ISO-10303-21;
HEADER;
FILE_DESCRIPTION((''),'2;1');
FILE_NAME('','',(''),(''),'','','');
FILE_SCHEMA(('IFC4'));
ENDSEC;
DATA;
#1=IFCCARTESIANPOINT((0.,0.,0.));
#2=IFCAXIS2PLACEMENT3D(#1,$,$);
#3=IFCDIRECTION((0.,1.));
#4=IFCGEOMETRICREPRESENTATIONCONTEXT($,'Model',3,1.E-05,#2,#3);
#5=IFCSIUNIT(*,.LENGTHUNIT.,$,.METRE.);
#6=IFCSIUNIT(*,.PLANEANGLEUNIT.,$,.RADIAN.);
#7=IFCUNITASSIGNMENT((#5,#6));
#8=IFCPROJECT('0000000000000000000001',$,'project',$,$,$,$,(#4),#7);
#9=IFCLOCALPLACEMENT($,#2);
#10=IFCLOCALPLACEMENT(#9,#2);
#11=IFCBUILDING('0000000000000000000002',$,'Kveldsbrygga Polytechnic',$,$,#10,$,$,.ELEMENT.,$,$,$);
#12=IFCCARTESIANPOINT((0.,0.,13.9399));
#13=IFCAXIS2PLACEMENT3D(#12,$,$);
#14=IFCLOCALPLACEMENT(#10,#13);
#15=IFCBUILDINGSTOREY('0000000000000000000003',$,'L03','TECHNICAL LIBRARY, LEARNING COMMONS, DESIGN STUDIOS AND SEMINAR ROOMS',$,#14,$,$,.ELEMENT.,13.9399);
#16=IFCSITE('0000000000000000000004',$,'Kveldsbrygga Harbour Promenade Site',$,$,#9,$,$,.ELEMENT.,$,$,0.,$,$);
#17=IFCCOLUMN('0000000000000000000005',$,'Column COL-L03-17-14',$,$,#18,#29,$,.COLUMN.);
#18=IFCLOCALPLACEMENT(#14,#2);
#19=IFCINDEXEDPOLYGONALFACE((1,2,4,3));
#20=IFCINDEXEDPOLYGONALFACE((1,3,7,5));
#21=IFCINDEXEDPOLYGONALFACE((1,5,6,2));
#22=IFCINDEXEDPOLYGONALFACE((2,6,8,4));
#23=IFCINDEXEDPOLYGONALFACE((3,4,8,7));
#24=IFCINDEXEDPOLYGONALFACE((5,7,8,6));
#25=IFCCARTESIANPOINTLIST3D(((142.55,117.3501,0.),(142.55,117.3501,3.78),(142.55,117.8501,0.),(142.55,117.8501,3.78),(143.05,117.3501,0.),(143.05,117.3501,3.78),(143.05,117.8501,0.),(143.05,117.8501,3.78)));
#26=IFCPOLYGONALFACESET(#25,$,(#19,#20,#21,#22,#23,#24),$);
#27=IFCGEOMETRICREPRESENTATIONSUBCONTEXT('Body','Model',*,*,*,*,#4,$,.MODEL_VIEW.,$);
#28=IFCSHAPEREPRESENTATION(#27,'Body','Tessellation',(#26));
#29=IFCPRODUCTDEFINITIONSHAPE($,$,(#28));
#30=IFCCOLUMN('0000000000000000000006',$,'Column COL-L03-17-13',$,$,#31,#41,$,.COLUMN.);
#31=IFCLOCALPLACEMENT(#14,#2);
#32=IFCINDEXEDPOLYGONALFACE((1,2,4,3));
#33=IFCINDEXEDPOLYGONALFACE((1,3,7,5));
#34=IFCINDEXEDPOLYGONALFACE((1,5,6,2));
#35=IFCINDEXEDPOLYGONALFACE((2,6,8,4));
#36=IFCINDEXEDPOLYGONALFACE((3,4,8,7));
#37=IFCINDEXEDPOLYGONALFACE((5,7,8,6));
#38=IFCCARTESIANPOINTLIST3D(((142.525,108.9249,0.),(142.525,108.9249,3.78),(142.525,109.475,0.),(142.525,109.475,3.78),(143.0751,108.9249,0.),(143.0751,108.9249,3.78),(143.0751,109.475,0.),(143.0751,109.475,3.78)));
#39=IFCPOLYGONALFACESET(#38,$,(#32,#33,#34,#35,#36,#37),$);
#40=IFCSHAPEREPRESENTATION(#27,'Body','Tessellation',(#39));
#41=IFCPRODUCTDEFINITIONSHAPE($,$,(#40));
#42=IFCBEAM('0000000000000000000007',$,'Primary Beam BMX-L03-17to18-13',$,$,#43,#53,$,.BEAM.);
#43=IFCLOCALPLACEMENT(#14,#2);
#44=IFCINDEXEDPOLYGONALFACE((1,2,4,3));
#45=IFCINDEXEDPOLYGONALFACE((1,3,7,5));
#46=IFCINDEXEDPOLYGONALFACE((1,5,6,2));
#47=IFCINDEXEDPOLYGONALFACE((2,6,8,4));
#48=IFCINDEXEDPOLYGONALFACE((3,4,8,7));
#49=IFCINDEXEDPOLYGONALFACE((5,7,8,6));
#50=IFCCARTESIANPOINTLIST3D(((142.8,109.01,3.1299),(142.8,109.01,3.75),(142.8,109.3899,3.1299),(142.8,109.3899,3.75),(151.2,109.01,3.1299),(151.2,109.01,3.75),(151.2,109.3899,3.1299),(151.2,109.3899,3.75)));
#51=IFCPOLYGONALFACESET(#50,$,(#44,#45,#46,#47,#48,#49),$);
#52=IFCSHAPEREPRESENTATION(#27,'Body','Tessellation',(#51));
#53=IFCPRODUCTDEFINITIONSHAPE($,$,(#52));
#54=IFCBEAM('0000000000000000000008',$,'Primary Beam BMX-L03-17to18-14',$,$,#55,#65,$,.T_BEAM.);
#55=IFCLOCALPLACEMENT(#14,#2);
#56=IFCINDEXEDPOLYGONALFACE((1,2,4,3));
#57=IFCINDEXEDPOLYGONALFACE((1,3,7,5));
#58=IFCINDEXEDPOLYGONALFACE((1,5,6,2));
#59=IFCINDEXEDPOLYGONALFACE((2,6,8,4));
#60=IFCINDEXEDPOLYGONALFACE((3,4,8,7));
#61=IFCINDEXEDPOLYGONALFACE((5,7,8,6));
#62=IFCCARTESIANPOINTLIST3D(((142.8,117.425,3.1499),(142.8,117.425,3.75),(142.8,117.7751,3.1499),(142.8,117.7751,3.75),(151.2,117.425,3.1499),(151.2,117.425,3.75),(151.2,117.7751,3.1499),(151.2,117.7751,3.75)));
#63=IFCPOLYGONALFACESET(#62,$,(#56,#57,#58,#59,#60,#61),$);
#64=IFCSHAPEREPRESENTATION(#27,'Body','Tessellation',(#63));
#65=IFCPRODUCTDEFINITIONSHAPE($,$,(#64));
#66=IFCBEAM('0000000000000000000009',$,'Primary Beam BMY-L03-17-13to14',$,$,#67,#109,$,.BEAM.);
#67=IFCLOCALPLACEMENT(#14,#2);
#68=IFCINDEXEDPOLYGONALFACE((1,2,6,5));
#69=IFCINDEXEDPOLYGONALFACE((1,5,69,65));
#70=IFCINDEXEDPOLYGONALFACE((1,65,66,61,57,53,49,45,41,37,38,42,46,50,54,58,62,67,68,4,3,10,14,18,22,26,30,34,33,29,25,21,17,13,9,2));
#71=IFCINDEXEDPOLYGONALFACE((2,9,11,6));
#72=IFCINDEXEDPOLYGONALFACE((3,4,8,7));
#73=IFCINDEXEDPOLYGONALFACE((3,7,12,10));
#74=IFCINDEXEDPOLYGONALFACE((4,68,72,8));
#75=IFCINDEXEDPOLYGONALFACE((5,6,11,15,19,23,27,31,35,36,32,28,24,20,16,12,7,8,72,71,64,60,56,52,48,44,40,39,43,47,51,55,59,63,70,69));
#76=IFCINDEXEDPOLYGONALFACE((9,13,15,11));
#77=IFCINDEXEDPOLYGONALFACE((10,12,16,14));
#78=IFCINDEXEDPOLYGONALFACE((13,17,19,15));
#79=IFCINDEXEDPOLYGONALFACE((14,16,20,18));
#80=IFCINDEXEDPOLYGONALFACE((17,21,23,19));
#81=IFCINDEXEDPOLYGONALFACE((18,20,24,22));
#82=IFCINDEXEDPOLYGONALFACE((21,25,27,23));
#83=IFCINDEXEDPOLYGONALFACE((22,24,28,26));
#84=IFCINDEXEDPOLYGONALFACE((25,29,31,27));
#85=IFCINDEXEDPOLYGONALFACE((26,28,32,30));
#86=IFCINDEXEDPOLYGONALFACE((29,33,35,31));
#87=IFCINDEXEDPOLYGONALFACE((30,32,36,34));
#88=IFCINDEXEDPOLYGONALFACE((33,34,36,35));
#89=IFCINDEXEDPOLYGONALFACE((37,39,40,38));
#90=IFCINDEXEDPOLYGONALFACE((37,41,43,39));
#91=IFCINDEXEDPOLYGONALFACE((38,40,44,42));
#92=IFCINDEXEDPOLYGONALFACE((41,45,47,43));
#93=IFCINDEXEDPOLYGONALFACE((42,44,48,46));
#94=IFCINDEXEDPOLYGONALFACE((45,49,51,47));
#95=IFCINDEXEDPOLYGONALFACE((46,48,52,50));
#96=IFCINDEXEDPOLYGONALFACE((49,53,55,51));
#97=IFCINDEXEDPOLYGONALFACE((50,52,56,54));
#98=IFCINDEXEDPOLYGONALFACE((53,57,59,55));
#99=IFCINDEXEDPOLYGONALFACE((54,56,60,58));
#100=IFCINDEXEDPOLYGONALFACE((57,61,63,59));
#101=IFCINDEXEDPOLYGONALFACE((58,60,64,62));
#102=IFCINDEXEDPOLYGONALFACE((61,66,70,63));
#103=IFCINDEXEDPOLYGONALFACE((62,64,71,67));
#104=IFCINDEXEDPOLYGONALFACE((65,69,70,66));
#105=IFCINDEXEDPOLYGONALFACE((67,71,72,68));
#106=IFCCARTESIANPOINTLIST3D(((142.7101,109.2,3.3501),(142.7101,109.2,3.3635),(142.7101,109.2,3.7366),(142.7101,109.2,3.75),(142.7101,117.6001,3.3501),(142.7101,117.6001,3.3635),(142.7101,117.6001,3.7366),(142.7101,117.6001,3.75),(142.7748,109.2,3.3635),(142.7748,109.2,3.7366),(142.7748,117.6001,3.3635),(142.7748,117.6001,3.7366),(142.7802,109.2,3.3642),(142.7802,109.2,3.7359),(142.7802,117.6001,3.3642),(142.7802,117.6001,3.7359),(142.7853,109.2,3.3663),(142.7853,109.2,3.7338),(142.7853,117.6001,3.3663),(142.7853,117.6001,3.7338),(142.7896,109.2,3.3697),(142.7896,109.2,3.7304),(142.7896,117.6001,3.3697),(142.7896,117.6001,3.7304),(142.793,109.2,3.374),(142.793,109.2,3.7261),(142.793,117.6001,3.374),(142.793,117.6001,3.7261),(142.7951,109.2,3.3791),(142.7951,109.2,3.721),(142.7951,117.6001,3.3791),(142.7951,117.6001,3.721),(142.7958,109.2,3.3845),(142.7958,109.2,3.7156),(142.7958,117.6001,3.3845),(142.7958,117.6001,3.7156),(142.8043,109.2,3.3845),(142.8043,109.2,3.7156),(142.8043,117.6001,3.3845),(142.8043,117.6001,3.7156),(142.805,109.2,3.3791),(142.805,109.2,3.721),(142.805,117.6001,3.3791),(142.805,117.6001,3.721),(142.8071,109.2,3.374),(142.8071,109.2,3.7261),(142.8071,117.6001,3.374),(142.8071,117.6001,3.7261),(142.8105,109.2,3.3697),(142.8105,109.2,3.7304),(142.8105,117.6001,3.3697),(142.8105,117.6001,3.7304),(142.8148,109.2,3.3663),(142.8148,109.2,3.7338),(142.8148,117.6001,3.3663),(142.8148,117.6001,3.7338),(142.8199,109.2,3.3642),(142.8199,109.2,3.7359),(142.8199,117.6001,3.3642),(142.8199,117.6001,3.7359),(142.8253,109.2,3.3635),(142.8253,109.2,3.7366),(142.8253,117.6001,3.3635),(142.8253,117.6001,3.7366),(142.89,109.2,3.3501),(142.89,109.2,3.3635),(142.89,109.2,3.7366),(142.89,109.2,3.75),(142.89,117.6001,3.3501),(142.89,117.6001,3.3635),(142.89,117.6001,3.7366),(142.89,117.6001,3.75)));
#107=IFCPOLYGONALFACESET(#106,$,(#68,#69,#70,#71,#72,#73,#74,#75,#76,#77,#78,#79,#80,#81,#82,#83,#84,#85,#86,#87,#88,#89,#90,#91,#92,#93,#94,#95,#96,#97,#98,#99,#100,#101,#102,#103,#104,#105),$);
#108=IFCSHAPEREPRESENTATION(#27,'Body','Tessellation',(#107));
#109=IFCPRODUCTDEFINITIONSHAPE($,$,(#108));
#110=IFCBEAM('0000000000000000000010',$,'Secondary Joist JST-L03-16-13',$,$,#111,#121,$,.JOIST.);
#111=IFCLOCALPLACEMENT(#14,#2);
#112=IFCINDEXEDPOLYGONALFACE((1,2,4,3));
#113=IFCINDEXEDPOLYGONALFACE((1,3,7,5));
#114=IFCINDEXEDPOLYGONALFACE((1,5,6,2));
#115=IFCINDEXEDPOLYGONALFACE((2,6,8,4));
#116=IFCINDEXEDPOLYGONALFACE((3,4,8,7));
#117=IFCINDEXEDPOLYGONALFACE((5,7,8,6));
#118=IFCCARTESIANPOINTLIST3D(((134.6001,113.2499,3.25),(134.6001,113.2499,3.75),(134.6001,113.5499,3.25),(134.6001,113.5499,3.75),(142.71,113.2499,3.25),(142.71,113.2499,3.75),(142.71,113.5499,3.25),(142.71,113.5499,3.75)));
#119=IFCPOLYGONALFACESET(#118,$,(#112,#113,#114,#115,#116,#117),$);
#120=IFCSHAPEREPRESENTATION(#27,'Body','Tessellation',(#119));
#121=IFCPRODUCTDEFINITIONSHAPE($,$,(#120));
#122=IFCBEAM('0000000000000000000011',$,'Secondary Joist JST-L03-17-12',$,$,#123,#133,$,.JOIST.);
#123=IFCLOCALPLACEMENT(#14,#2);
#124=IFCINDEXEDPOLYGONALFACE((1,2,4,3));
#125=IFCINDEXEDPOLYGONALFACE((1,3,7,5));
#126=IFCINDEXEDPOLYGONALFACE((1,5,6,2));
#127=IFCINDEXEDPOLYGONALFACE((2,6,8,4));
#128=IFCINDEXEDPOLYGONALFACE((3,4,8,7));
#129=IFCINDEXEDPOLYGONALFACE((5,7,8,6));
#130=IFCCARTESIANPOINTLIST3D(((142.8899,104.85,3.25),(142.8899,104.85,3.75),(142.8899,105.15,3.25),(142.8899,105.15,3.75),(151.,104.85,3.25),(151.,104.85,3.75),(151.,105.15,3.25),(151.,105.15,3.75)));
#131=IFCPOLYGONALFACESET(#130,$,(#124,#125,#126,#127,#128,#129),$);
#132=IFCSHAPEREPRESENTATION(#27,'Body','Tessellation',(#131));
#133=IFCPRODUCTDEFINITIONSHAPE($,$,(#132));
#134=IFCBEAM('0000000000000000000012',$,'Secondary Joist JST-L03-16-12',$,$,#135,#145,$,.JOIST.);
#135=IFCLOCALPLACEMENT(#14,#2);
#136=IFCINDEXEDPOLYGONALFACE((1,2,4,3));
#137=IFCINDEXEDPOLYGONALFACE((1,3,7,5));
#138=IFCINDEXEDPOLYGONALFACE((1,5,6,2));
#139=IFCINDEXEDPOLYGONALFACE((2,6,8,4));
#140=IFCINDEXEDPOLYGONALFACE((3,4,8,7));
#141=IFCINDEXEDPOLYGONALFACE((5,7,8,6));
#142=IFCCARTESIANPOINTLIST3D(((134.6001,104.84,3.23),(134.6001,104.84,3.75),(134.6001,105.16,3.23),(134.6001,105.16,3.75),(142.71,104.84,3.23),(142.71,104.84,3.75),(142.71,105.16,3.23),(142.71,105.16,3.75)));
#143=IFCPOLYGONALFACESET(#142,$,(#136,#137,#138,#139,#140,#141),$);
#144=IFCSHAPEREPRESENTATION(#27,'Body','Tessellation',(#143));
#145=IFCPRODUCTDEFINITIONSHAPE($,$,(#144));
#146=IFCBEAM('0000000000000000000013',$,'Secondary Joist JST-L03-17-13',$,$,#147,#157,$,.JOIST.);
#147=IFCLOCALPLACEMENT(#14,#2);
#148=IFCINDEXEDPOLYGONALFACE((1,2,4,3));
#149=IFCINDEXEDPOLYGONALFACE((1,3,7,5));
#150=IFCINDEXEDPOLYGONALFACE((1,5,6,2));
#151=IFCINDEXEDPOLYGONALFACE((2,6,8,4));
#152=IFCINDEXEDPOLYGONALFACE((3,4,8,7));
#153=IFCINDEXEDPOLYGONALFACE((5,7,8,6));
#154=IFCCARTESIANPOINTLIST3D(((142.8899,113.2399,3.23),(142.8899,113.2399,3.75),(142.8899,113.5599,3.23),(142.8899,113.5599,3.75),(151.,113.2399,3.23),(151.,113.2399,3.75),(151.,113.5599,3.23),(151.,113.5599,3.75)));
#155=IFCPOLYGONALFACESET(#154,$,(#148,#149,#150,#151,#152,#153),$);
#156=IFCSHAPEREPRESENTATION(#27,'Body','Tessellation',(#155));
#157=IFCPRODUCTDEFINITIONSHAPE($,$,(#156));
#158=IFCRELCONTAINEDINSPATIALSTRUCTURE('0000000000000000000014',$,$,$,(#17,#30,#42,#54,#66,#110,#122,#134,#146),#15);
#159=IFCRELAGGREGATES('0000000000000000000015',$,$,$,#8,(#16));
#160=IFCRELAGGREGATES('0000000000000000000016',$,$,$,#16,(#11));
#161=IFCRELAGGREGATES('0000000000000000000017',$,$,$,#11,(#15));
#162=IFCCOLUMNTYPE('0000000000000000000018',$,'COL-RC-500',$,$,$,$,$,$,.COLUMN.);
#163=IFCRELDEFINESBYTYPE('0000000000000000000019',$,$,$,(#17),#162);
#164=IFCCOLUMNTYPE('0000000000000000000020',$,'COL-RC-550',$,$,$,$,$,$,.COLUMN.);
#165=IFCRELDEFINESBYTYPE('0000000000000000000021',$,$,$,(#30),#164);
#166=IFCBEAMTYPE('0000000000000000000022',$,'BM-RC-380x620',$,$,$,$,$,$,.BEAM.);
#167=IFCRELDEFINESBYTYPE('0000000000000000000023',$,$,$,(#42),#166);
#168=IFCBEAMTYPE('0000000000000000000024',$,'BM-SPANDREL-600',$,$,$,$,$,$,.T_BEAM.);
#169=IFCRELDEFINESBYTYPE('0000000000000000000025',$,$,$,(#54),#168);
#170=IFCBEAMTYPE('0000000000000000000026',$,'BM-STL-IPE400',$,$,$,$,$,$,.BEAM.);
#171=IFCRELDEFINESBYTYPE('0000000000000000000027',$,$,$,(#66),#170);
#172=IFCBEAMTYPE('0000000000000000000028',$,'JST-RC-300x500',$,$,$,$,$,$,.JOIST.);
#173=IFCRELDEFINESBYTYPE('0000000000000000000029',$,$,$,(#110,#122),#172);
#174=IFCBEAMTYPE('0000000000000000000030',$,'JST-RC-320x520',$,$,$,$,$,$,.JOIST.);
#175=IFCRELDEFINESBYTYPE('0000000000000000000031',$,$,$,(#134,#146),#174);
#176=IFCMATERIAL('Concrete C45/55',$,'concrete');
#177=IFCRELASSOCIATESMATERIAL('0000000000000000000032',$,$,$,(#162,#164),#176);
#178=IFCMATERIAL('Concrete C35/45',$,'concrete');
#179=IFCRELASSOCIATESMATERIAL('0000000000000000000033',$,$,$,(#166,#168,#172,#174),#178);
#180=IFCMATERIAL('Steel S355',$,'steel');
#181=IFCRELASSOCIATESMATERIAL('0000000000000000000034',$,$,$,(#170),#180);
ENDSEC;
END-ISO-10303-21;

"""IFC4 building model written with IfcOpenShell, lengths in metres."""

from ifc_helpers import new_model, si_unit, direction, frame, origin, origin_2d, place, context, subcontext, project, spatial, rectangle, i_section, extrude, material, material_profile, profile_set, type_object, element, save


model = new_model("IFC4")

# Units and contexts
model_context = context("Model", 3, precision=1e-05, world=origin(), true_north=direction((0.0, 1.0)))
body_context = subcontext(model_context, "Body", "Model", "MODEL_VIEW")
ifc_project = project(units=[si_unit("LENGTHUNIT", "METRE"), si_unit("PLANEANGLEUNIT", "RADIAN")], contexts=[model_context])

# Site, building, storey
site_placement = place(None, origin())
site = spatial("IfcSite", under=ifc_project, at=site_placement, Name="Kveldsbrygga Harbour Promenade Site", CompositionType="ELEMENT", RefElevation=0.0)
building_placement = place(site_placement, origin())
building = spatial("IfcBuilding", under=site, at=building_placement, Name="Kveldsbrygga Polytechnic", CompositionType="ELEMENT")
storey_placement = place(building_placement, frame((0.0, 0.0, 13.9399)))
storey = spatial("IfcBuildingStorey", under=building, at=storey_placement, Name="L03", Description="TECHNICAL LIBRARY, LEARNING COMMONS, DESIGN STUDIOS AND SEMINAR ROOMS", CompositionType="ELEMENT", Elevation=13.9399)

# Columns
ifc_material_1 = material(Name="Concrete C45/55", Category="concrete")
ifc_material_profile_1 = material_profile(ifc_material_1, rectangle(XDim=0.5, YDim=0.5, at=origin_2d()), Name="RC 500x500")
ifc_profile_set_1 = profile_set([ifc_material_profile_1], Name="Concrete C45/55")
column_type_1 = type_object("IfcColumnType", Name="COL-RC-500", PredefinedType="COLUMN", material=ifc_profile_set_1)
column_1_placement = place(storey_placement, frame((142.8, 117.6001, 0.0), z_axis=(0.0, 0.0, 1.0), x_axis=(1.0, 0.0, 0.0)))
element("IfcColumn", 1, at=column_1_placement, inside=storey, type_object=column_type_1, Name="Column COL-L03-17-14", PredefinedType="COLUMN", context=body_context, shape_type="SweptSolid", body=[
    extrude(rectangle(XDim=0.5, YDim=0.5, at=origin_2d()), origin(), (0.0, 0.0, 1.0), 3.78),
])
ifc_material_profile_2 = material_profile(ifc_material_1, rectangle(XDim=0.55, YDim=0.55, at=origin_2d()), Name="RC 550x550")
ifc_profile_set_2 = profile_set([ifc_material_profile_2], Name="Concrete C45/55")
column_type_2 = type_object("IfcColumnType", Name="COL-RC-550", PredefinedType="COLUMN", material=ifc_profile_set_2)
column_2_placement = place(storey_placement, frame((142.8, 109.2, 0.0), z_axis=(0.0, 0.0, 1.0), x_axis=(1.0, 0.0, 0.0)))
element("IfcColumn", 2, at=column_2_placement, inside=storey, type_object=column_type_2, Name="Column COL-L03-17-13", PredefinedType="COLUMN", context=body_context, shape_type="SweptSolid", body=[
    extrude(rectangle(XDim=0.55, YDim=0.55, at=origin_2d()), origin(), (0.0, 0.0, 1.0), 3.78),
])

# Beams
ifc_material_2 = material(Name="Concrete C35/45", Category="concrete")
ifc_material_profile_3 = material_profile(ifc_material_2, rectangle(XDim=0.3799, YDim=0.6201, at=origin_2d()), Name="RC 380x620")
ifc_profile_set_3 = profile_set([ifc_material_profile_3], Name="Concrete C35/45")
beam_type_1 = type_object("IfcBeamType", Name="BM-RC-380x620", PredefinedType="BEAM", material=ifc_profile_set_3)
beam_1_placement = place(storey_placement, frame((142.8, 109.2, 3.4399), z_axis=(1.0, 0.0, 0.0), x_axis=(0.0, 1.0, 0.0)))
element("IfcBeam", 3, at=beam_1_placement, inside=storey, type_object=beam_type_1, Name="Primary Beam BMX-L03-17to18-13", PredefinedType="BEAM", context=body_context, shape_type="SweptSolid", body=[
    extrude(rectangle(XDim=0.3799, YDim=0.6201, at=origin_2d()), origin(), (0.0, 0.0, 1.0), 8.3999),
])
ifc_material_profile_4 = material_profile(ifc_material_2, rectangle(XDim=0.3501, YDim=0.6001, at=origin_2d()), Name="RC 350x600")
ifc_profile_set_4 = profile_set([ifc_material_profile_4], Name="Concrete C35/45")
beam_type_2 = type_object("IfcBeamType", Name="BM-SPANDREL-600", PredefinedType="T_BEAM", material=ifc_profile_set_4)
beam_2_placement = place(storey_placement, frame((142.8, 117.6001, 3.45), z_axis=(1.0, 0.0, 0.0), x_axis=(0.0, 1.0, 0.0)))
element("IfcBeam", 4, at=beam_2_placement, inside=storey, type_object=beam_type_2, Name="Primary Beam BMX-L03-17to18-14", PredefinedType="T_BEAM", context=body_context, shape_type="SweptSolid", body=[
    extrude(rectangle(XDim=0.3501, YDim=0.6001, at=origin_2d()), origin(), (0.0, 0.0, 1.0), 8.3999),
])
ifc_material_3 = material(Name="Steel S355", Category="steel")
ifc_material_profile_5 = material_profile(ifc_material_3, i_section(OverallWidth=0.1799, OverallDepth=0.3999, WebThickness=0.0085, FlangeThickness=0.0134, FilletRadius=0.021, at=origin_2d()), Name="IPE 400")
ifc_profile_set_5 = profile_set([ifc_material_profile_5], Name="Steel S355")
beam_type_3 = type_object("IfcBeamType", Name="BM-STL-IPE400", PredefinedType="BEAM", material=ifc_profile_set_5)
beam_3_placement = place(storey_placement, frame((142.8, 109.2, 3.55), z_axis=(0.0, 1.0, 0.0), x_axis=(-1.0, 0.0, 0.0)))
element("IfcBeam", 5, at=beam_3_placement, inside=storey, type_object=beam_type_3, Name="Primary Beam BMY-L03-17-13to14", PredefinedType="BEAM", context=body_context, shape_type="SweptSolid", body=[
    extrude(i_section(OverallWidth=0.1799, OverallDepth=0.3999, WebThickness=0.0085, FlangeThickness=0.0134, FilletRadius=0.021, at=origin_2d()), origin(), (0.0, 0.0, 1.0), 8.4001),
])
ifc_material_profile_6 = material_profile(ifc_material_2, rectangle(XDim=0.3, YDim=0.5, at=origin_2d()), Name="RC 300x500")
ifc_profile_set_6 = profile_set([ifc_material_profile_6], Name="Concrete C35/45")
beam_type_4 = type_object("IfcBeamType", Name="JST-RC-300x500", PredefinedType="JOIST", material=ifc_profile_set_6)
beam_4_placement = place(storey_placement, frame((134.6001, 113.3999, 3.5), z_axis=(1.0, 0.0, 0.0), x_axis=(0.0, 1.0, 0.0)))
element("IfcBeam", 6, at=beam_4_placement, inside=storey, type_object=beam_type_4, Name="Secondary Joist JST-L03-16-13", PredefinedType="JOIST", context=body_context, shape_type="SweptSolid", body=[
    extrude(rectangle(XDim=0.3, YDim=0.5, at=origin_2d()), origin(), (0.0, 0.0, 1.0), 8.1099),
])
beam_5_placement = place(storey_placement, frame((142.8899, 105.0, 3.5), z_axis=(1.0, 0.0, 0.0), x_axis=(0.0, 1.0, 0.0)))
element("IfcBeam", 7, at=beam_5_placement, inside=storey, type_object=beam_type_4, Name="Secondary Joist JST-L03-17-12", PredefinedType="JOIST", context=body_context, shape_type="SweptSolid", body=[
    extrude(rectangle(XDim=0.3, YDim=0.5, at=origin_2d()), origin(), (0.0, 0.0, 1.0), 8.1101),
])
ifc_material_profile_7 = material_profile(ifc_material_2, rectangle(XDim=0.3201, YDim=0.52, at=origin_2d()), Name="RC 320x520")
ifc_profile_set_7 = profile_set([ifc_material_profile_7], Name="Concrete C35/45")
beam_type_5 = type_object("IfcBeamType", Name="JST-RC-320x520", PredefinedType="JOIST", material=ifc_profile_set_7)
beam_6_placement = place(storey_placement, frame((134.6001, 105.0, 3.49), z_axis=(1.0, 0.0, 0.0), x_axis=(0.0, 1.0, 0.0)))
element("IfcBeam", 8, at=beam_6_placement, inside=storey, type_object=beam_type_5, Name="Secondary Joist JST-L03-16-12", PredefinedType="JOIST", context=body_context, shape_type="SweptSolid", body=[
    extrude(rectangle(XDim=0.3201, YDim=0.52, at=origin_2d()), origin(), (0.0, 0.0, 1.0), 8.1099),
])
beam_7_placement = place(storey_placement, frame((142.8899, 113.3999, 3.49), z_axis=(1.0, 0.0, 0.0), x_axis=(0.0, 1.0, 0.0)))
element("IfcBeam", 9, at=beam_7_placement, inside=storey, type_object=beam_type_5, Name="Secondary Joist JST-L03-17-13", PredefinedType="JOIST", context=body_context, shape_type="SweptSolid", body=[
    extrude(rectangle(XDim=0.3201, YDim=0.52, at=origin_2d()), origin(), (0.0, 0.0, 1.0), 8.1101),
])

save(model, "model.ifc")
